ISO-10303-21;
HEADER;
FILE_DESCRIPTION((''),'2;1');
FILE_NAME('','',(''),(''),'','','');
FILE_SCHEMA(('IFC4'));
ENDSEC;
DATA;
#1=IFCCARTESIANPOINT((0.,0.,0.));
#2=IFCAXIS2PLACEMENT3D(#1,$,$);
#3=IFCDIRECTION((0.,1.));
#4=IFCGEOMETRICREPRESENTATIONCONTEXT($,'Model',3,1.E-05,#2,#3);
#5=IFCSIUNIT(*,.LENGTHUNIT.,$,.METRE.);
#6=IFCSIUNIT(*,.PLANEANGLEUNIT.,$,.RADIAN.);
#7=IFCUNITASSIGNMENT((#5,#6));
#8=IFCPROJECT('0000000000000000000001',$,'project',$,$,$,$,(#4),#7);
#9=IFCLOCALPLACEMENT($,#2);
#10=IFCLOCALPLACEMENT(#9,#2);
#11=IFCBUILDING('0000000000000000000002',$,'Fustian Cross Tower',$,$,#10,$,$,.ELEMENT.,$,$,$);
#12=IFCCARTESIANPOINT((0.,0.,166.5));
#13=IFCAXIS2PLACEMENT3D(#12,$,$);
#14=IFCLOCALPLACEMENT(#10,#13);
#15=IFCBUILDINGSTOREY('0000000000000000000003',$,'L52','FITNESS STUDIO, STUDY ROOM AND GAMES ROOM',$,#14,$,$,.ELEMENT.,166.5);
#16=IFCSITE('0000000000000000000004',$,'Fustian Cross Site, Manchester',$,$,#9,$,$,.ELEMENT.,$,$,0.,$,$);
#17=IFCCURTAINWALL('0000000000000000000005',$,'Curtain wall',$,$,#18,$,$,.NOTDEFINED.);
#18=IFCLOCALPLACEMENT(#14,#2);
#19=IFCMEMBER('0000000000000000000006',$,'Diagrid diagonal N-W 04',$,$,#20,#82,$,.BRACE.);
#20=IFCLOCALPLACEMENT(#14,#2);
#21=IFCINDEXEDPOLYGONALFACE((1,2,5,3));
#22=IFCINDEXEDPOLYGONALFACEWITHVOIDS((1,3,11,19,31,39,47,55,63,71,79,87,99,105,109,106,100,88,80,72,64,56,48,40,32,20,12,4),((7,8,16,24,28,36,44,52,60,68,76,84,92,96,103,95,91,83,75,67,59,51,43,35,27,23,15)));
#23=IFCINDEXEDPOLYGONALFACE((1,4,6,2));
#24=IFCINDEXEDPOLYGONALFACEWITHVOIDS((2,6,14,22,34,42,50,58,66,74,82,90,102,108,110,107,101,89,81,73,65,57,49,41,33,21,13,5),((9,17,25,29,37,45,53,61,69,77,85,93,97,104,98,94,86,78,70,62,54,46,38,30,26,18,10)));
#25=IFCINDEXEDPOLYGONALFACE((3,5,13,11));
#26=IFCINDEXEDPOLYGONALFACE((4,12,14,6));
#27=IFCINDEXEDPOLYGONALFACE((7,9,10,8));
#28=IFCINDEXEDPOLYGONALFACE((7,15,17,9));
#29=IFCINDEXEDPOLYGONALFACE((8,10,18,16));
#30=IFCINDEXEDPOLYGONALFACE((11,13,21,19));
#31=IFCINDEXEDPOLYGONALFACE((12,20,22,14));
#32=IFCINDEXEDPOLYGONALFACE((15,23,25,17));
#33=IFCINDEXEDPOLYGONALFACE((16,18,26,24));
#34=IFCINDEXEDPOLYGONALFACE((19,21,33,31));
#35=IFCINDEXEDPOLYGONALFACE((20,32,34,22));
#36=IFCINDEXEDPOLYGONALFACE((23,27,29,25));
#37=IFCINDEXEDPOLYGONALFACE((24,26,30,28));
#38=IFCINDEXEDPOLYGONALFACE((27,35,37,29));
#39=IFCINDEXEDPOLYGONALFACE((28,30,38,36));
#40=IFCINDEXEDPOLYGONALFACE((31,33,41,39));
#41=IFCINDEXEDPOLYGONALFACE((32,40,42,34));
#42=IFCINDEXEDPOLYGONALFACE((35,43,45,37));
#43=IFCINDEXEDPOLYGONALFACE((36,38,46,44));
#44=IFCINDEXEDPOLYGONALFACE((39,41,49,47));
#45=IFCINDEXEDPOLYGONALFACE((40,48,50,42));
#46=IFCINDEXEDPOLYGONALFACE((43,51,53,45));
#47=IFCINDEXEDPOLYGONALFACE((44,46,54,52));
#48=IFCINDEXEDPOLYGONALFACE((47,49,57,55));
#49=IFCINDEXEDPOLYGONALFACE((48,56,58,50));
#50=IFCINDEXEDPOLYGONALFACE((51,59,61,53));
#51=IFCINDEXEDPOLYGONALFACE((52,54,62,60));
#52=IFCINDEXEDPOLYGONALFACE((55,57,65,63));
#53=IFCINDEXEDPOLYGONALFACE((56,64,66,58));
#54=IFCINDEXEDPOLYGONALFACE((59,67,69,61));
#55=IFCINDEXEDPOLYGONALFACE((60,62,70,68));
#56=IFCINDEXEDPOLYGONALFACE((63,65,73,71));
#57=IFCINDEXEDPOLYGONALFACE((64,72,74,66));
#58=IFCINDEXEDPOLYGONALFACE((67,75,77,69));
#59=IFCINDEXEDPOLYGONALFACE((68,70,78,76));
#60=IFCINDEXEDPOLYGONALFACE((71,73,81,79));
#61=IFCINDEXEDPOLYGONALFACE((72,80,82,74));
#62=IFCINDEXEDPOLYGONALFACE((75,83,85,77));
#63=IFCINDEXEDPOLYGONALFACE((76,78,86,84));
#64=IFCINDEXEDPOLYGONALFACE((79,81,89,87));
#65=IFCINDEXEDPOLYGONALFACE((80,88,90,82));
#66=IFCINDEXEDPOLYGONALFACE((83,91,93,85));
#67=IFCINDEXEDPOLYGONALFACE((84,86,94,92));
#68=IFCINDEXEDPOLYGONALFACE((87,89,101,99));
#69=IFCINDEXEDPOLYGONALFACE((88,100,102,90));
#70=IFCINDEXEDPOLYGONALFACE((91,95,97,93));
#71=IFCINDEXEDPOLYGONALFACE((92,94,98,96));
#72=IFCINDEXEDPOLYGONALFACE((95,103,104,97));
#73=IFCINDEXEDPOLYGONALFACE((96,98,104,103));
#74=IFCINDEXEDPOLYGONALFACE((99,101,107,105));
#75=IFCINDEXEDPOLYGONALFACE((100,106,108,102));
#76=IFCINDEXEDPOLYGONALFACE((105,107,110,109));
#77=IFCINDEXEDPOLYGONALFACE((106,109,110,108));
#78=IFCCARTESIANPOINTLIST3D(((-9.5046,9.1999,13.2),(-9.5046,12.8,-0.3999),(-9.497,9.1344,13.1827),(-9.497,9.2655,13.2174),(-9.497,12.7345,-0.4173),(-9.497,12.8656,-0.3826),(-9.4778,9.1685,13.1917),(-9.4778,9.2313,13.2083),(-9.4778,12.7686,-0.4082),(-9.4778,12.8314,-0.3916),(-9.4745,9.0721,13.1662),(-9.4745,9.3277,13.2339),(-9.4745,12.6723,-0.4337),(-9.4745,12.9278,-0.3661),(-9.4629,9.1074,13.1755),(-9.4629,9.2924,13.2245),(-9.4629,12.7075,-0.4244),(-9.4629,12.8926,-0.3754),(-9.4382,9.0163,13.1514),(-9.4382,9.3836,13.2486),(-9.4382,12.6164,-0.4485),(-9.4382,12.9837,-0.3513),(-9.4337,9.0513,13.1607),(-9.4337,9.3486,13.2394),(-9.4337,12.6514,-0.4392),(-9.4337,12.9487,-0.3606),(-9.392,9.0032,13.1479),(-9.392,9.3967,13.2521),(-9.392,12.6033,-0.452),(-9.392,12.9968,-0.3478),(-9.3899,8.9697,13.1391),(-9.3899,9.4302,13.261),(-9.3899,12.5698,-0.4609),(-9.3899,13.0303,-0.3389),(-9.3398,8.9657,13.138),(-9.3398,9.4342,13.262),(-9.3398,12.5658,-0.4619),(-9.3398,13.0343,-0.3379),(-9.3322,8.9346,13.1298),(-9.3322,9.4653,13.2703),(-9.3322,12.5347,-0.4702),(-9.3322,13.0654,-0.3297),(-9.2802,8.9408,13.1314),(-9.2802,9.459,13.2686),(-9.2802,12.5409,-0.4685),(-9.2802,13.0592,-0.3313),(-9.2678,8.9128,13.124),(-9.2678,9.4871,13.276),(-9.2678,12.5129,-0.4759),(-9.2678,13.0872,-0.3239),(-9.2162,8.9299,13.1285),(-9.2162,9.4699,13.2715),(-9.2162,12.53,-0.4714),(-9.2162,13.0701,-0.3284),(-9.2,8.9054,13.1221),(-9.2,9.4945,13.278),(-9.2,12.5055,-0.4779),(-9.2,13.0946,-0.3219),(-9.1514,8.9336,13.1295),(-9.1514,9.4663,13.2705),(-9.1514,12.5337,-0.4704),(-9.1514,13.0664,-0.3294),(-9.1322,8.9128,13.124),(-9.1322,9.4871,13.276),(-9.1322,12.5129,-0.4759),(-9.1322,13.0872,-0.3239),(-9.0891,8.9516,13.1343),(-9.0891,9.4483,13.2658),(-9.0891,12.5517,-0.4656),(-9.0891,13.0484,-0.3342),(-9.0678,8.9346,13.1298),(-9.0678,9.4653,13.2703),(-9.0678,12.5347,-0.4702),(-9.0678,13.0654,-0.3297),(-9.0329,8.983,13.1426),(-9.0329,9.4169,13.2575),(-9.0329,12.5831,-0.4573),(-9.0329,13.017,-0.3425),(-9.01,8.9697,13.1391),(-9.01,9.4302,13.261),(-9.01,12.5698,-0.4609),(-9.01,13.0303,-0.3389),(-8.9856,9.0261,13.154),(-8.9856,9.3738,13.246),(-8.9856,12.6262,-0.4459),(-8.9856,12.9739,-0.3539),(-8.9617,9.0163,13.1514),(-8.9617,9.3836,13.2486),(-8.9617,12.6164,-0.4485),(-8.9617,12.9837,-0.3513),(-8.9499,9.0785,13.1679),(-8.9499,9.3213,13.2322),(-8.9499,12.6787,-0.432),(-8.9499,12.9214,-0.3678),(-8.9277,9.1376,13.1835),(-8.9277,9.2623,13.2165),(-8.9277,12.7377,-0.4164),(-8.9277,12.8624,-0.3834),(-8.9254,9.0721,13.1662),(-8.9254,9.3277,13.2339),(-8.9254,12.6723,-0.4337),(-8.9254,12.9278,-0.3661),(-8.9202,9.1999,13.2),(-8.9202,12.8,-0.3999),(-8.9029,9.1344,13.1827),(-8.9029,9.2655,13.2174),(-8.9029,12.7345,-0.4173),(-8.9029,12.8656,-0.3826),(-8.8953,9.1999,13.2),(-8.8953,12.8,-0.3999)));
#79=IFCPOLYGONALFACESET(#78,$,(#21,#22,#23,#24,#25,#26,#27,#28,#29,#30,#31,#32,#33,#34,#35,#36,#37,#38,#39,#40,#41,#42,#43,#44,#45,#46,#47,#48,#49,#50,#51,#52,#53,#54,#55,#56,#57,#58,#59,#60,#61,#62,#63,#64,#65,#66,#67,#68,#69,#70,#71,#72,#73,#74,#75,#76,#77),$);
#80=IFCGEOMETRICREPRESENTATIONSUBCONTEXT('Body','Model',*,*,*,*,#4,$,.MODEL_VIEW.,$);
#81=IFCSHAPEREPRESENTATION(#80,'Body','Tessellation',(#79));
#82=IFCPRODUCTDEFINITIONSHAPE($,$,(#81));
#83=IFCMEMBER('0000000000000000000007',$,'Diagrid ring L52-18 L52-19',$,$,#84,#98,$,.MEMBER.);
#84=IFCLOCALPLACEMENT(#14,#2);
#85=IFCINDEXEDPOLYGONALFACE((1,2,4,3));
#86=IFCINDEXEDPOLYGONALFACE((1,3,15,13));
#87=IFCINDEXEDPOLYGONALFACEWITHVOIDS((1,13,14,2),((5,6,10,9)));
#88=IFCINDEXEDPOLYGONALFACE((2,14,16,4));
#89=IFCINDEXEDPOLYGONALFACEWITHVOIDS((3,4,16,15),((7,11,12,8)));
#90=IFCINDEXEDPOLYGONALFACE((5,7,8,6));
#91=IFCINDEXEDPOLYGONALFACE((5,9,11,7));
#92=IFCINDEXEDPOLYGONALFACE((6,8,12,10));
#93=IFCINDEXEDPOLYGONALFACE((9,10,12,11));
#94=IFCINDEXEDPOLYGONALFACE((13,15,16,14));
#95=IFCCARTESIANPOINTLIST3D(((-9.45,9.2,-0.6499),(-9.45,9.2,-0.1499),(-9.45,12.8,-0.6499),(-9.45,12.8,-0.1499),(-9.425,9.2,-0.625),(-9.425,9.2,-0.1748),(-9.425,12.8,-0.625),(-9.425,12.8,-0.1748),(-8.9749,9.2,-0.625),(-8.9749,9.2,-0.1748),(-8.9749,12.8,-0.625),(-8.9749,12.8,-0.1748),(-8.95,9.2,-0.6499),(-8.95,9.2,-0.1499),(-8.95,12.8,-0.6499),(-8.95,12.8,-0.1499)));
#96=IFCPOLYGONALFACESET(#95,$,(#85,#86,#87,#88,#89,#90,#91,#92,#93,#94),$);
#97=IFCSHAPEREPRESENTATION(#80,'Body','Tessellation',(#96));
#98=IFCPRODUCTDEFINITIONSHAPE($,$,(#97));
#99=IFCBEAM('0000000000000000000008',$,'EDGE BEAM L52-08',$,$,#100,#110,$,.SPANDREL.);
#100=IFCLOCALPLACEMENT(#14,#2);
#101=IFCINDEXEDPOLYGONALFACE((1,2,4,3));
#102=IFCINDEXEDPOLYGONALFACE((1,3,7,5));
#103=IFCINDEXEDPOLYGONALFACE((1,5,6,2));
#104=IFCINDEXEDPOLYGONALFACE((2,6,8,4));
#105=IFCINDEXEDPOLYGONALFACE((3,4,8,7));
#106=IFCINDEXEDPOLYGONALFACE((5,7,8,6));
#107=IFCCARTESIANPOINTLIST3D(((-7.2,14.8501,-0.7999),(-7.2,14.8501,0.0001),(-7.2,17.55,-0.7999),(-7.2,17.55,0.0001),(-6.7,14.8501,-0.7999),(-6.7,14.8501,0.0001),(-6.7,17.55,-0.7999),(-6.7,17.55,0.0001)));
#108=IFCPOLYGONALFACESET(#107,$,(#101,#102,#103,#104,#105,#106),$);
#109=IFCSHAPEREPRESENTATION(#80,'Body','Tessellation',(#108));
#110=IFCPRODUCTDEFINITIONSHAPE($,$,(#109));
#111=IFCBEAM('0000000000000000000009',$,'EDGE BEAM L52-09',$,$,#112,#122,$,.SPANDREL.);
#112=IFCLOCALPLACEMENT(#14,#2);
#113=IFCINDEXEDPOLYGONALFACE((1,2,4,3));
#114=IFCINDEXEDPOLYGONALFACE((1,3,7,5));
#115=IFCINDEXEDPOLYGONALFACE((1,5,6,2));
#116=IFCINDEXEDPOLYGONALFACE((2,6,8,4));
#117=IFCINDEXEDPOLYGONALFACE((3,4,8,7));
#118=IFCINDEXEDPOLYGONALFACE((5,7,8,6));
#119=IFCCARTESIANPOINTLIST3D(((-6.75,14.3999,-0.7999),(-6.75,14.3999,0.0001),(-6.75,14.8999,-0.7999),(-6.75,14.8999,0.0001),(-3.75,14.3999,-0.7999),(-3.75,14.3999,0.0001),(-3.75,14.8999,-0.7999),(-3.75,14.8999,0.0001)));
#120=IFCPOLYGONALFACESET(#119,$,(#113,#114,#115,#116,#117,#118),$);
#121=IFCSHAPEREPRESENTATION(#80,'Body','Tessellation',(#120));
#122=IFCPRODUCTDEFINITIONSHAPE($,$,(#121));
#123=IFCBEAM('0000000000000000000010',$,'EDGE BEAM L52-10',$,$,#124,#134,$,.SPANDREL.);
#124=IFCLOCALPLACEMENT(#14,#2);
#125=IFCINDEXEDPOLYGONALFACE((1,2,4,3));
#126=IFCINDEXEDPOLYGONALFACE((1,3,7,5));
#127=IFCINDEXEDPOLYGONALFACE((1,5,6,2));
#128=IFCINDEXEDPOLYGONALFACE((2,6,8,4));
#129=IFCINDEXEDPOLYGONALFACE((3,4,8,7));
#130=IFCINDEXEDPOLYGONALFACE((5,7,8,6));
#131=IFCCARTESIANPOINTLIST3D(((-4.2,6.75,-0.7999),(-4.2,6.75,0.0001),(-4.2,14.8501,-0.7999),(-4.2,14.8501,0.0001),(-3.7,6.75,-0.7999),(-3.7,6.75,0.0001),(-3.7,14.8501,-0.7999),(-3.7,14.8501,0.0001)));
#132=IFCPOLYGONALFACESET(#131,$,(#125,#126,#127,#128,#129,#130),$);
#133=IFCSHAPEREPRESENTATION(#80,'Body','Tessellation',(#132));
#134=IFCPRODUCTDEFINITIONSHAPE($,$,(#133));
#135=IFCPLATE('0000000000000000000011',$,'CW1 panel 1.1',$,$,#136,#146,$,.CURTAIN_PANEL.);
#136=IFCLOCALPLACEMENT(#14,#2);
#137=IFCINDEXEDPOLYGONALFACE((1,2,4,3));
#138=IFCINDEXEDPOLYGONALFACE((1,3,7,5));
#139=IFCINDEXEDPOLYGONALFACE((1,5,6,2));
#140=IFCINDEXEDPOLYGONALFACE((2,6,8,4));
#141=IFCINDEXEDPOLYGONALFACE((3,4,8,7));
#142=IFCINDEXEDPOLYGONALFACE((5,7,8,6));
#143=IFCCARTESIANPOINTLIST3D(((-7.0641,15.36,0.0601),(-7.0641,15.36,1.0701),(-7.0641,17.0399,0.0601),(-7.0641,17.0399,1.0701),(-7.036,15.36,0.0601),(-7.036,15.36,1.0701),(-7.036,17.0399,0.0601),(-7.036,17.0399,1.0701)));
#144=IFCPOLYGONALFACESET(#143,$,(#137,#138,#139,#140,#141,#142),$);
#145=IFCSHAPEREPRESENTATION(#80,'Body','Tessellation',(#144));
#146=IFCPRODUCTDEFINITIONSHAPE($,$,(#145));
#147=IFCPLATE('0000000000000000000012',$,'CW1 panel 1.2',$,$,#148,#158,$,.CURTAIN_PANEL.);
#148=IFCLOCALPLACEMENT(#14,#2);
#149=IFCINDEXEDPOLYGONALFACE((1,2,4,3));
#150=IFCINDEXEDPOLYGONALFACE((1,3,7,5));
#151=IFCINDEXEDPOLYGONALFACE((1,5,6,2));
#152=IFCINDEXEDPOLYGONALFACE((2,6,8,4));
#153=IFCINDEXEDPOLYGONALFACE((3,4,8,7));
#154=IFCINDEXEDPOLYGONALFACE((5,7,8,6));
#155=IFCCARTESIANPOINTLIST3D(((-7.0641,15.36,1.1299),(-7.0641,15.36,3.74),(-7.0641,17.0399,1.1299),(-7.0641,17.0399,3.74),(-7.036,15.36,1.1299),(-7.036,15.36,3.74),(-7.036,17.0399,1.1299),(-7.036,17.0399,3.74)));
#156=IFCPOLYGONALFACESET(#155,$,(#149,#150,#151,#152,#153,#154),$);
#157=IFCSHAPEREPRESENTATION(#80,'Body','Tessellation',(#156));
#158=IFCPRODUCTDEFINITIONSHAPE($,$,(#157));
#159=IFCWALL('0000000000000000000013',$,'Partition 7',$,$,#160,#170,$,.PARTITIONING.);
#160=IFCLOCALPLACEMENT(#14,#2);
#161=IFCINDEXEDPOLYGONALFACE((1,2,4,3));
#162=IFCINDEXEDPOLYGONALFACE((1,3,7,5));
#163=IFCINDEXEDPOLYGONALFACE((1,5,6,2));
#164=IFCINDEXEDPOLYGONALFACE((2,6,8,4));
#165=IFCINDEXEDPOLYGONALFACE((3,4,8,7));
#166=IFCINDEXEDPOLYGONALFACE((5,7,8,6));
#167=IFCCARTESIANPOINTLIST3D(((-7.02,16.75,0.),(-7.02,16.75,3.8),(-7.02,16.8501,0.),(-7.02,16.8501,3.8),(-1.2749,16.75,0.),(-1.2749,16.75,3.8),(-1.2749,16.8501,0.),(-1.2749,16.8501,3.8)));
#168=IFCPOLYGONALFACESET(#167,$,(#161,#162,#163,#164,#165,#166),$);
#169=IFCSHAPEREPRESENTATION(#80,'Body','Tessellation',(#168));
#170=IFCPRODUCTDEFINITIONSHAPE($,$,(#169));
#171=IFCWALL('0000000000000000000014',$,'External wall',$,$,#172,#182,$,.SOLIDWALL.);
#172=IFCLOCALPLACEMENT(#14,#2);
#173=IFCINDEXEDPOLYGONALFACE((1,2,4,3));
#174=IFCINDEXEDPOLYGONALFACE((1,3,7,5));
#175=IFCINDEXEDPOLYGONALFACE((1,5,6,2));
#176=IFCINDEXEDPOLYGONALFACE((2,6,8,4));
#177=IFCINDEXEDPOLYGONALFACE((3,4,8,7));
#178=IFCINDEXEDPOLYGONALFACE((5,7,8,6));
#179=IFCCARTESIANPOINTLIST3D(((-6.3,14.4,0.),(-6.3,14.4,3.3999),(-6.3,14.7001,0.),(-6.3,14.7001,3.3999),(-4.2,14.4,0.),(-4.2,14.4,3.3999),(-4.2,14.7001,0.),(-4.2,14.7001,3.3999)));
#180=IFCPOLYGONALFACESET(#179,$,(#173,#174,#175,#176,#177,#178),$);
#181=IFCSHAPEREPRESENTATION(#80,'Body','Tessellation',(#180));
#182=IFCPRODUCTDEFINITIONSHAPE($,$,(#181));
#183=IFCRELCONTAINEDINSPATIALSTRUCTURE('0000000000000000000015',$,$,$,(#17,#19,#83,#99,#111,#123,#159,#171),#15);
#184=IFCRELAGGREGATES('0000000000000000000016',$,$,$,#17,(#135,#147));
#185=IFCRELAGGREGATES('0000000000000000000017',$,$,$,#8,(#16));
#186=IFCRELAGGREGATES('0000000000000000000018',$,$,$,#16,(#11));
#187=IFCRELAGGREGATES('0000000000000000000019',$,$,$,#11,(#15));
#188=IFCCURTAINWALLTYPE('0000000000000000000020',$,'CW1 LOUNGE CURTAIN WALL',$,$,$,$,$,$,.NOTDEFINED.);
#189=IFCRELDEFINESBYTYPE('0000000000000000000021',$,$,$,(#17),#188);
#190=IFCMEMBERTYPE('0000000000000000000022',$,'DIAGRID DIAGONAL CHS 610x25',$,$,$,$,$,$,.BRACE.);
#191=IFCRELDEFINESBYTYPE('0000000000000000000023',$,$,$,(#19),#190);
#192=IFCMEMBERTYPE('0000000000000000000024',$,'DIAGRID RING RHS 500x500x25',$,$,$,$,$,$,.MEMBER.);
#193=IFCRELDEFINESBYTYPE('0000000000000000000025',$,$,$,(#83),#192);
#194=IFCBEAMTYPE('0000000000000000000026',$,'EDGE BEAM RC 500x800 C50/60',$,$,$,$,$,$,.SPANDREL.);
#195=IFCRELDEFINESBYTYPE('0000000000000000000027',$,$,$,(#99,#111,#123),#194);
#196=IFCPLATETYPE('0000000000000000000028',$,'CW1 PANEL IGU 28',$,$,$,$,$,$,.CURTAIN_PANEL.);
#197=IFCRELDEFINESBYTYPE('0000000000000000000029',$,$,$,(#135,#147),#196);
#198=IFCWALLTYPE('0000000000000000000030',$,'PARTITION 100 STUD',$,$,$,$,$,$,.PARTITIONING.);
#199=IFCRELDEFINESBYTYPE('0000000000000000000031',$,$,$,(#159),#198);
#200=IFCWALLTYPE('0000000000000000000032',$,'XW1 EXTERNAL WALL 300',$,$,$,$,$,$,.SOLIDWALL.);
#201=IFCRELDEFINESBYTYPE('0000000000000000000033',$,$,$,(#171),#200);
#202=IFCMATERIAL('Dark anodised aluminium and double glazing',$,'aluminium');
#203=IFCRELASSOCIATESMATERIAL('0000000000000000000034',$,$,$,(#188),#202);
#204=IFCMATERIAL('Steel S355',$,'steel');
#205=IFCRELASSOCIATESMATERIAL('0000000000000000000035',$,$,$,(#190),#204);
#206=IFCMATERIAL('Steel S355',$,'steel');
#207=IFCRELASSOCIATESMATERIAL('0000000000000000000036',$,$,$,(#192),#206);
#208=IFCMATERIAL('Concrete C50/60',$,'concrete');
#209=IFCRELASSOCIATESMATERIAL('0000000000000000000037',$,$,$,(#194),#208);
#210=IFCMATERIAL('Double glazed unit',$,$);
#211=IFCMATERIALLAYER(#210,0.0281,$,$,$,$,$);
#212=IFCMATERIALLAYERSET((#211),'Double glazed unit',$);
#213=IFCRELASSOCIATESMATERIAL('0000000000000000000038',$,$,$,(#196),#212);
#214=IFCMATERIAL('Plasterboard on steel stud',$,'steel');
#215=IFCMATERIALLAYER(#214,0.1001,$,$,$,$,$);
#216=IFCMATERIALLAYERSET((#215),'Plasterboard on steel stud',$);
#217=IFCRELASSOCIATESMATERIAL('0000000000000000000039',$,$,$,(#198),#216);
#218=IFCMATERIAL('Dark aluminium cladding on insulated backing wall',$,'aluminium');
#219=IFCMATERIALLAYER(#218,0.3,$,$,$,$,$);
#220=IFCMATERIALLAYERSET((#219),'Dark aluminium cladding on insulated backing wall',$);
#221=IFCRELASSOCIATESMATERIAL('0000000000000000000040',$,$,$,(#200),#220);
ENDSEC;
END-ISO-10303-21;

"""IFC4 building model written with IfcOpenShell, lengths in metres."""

from ifc_helpers import new_model, si_unit, direction, frame, frame_2d, origin, origin_2d, place, context, subcontext, project, spatial, rectangle, hollow_rectangle, hollow_circle, extrude, material, layer, layer_set, material_profile, profile_set, type_object, element, aggregate, save


model = new_model("IFC4")

# Units and contexts
model_context = context("Model", 3, precision=1e-05, world=origin(), true_north=direction((0.0, 1.0)))
body_context = subcontext(model_context, "Body", "Model", "MODEL_VIEW")
ifc_project = project(units=[si_unit("LENGTHUNIT", "METRE"), si_unit("PLANEANGLEUNIT", "RADIAN")], contexts=[model_context])

# Site, building, storey
site_placement = place(None, origin())
site = spatial("IfcSite", under=ifc_project, at=site_placement, Name="Fustian Cross Site, Manchester", CompositionType="ELEMENT", RefElevation=0.0)
building_placement = place(site_placement, origin())
building = spatial("IfcBuilding", under=site, at=building_placement, Name="Fustian Cross Tower", CompositionType="ELEMENT")
storey_placement = place(building_placement, frame((0.0, 0.0, 166.5)))
storey = spatial("IfcBuildingStorey", under=building, at=storey_placement, Name="L52", Description="FITNESS STUDIO, STUDY ROOM AND GAMES ROOM", CompositionType="ELEMENT", Elevation=166.5)

# Curtain wall
ifc_material_1 = material(Name="Dark anodised aluminium and double glazing", Category="aluminium")
curtain_wall_type = type_object("IfcCurtainWallType", Name="CW1 LOUNGE CURTAIN WALL", PredefinedType="NOTDEFINED", material=ifc_material_1)
curtain_wall_placement = place(storey_placement, origin())
curtain_wall = element("IfcCurtainWall", 1, at=curtain_wall_placement, inside=storey, type_object=curtain_wall_type, Name="Curtain wall", PredefinedType="NOTDEFINED")

# Members
ifc_material_2 = material(Name="Steel S355", Category="steel")
ifc_material_profile_1 = material_profile(ifc_material_2, hollow_circle(Radius=0.3047, WallThickness=0.0249, at=origin_2d()), Name="CHS 610x25")
ifc_profile_set_1 = profile_set([ifc_material_profile_1], Name="Steel S355")
member_type_1 = type_object("IfcMemberType", Name="DIAGRID DIAGONAL CHS 610x25", PredefinedType="BRACE", material=ifc_profile_set_1)
member_1_placement = place(storey_placement, frame((-9.2, 12.8, -0.3999), z_axis=(0.0, -0.255902, 0.966703), x_axis=(1.0, 0.0, 0.0)))
element("IfcMember", 2, at=member_1_placement, inside=storey, type_object=member_type_1, Name="Diagrid diagonal N-W 04", PredefinedType="BRACE", context=body_context, shape_type="SweptSolid", body=[
    extrude(hollow_circle(Radius=0.3047, WallThickness=0.0249, at=origin_2d()), origin(), (0.0, 0.0, 1.0), 14.0684),
])
ifc_material_3 = material(Name="Steel S355", Category="steel")
ifc_material_profile_2 = material_profile(ifc_material_3, hollow_rectangle(XDim=0.5, YDim=0.5, WallThickness=0.0249, at=origin_2d()), Name="RHS 500x500x25")
ifc_profile_set_2 = profile_set([ifc_material_profile_2], Name="Steel S355")
member_type_2 = type_object("IfcMemberType", Name="DIAGRID RING RHS 500x500x25", PredefinedType="MEMBER", material=ifc_profile_set_2)
member_2_placement = place(storey_placement, frame((-9.2, 12.8, -0.3999), z_axis=(0.0, -1.0, 0.0), x_axis=(1.0, 0.0, 0.0)))
element("IfcMember", 3, at=member_2_placement, inside=storey, type_object=member_type_2, Name="Diagrid ring L52-18 L52-19", PredefinedType="MEMBER", context=body_context, shape_type="SweptSolid", body=[
    extrude(hollow_rectangle(XDim=0.5, YDim=0.5, WallThickness=0.0249, at=origin_2d()), origin(), (0.0, 0.0, 1.0), 3.6001),
])

# Beams
ifc_material_4 = material(Name="Concrete C50/60", Category="concrete")
ifc_material_profile_3 = material_profile(ifc_material_4, rectangle(XDim=0.5, YDim=0.8, at=origin_2d()), Name="RC 500x800")
ifc_profile_set_3 = profile_set([ifc_material_profile_3], Name="Concrete C50/60")
beam_type = type_object("IfcBeamType", Name="EDGE BEAM RC 500x800 C50/60", PredefinedType="SPANDREL", material=ifc_profile_set_3)
beam_1_placement = place(storey_placement, frame((-6.95, 17.55, -0.3999), z_axis=(0.0, -1.0, 0.0), x_axis=(1.0, 0.0, 0.0)))
element("IfcBeam", 4, at=beam_1_placement, inside=storey, type_object=beam_type, Name="EDGE BEAM L52-08", PredefinedType="SPANDREL", context=body_context, shape_type="SweptSolid", body=[
    extrude(rectangle(XDim=0.5, YDim=0.8, at=origin_2d()), origin(), (0.0, 0.0, 1.0), 2.7),
])
beam_2_placement = place(storey_placement, frame((-6.75, 14.6499, -0.3999), z_axis=(1.0, 0.0, 0.0), x_axis=(0.0, 1.0, 0.0)))
element("IfcBeam", 5, at=beam_2_placement, inside=storey, type_object=beam_type, Name="EDGE BEAM L52-09", PredefinedType="SPANDREL", context=body_context, shape_type="SweptSolid", body=[
    extrude(rectangle(XDim=0.5, YDim=0.8, at=origin_2d()), origin(), (0.0, 0.0, 1.0), 3.0),
])
beam_3_placement = place(storey_placement, frame((-3.95, 14.8501, -0.3999), z_axis=(0.0, -1.0, 0.0), x_axis=(1.0, 0.0, 0.0)))
element("IfcBeam", 6, at=beam_3_placement, inside=storey, type_object=beam_type, Name="EDGE BEAM L52-10", PredefinedType="SPANDREL", context=body_context, shape_type="SweptSolid", body=[
    extrude(rectangle(XDim=0.5, YDim=0.8, at=origin_2d()), origin(), (0.0, 0.0, 1.0), 8.1001),
])

# Plates
ifc_material_5 = material(Name="Double glazed unit")
ifc_layer_1 = layer(ifc_material_5, 0.0281)
ifc_layer_set_1 = layer_set([ifc_layer_1], Name="Double glazed unit")
plate_type = type_object("IfcPlateType", Name="CW1 PANEL IGU 28", PredefinedType="CURTAIN_PANEL", material=ifc_layer_set_1)
plate_1_placement = place(storey_placement, frame((-7.05, 16.2, 0.0601), z_axis=(0.0, 0.0, 1.0), x_axis=(0.0, -1.0, 0.0)))
plate_1 = element("IfcPlate", 7, at=plate_1_placement, type_object=plate_type, Name="CW1 panel 1.1", PredefinedType="CURTAIN_PANEL", context=body_context, shape_type="SweptSolid", body=[
    extrude(rectangle(XDim=1.6799, YDim=0.0281, at=origin_2d()), origin(), (0.0, 0.0, 1.0), 1.01),
])
plate_2_placement = place(storey_placement, frame((-7.05, 16.2, 1.1299), z_axis=(0.0, 0.0, 1.0), x_axis=(0.0, -1.0, 0.0)))
plate_2 = element("IfcPlate", 8, at=plate_2_placement, type_object=plate_type, Name="CW1 panel 1.2", PredefinedType="CURTAIN_PANEL", context=body_context, shape_type="SweptSolid", body=[
    extrude(rectangle(XDim=1.6799, YDim=0.0281, at=origin_2d()), origin(), (0.0, 0.0, 1.0), 2.6101),
])
aggregate(curtain_wall, [plate_1, plate_2])

# Walls
ifc_material_6 = material(Name="Plasterboard on steel stud", Category="steel")
ifc_layer_2 = layer(ifc_material_6, 0.1001)
ifc_layer_set_2 = layer_set([ifc_layer_2], Name="Plasterboard on steel stud")
wall_type_1 = type_object("IfcWallType", Name="PARTITION 100 STUD", PredefinedType="PARTITIONING", material=ifc_layer_set_2)
wall_1_placement = place(storey_placement, frame((-7.02, 16.8, 0.0), z_axis=(0.0, 0.0, 1.0), x_axis=(1.0, 0.0, 0.0)))
element("IfcWall", 9, at=wall_1_placement, inside=storey, type_object=wall_type_1, Name="Partition 7", PredefinedType="PARTITIONING", context=body_context, shape_type="SweptSolid", body=[
    extrude(rectangle(XDim=5.7451, YDim=0.1001, at=frame_2d((2.8726, 0.0))), origin(), (0.0, 0.0, 1.0), 3.8),
])
ifc_material_7 = material(Name="Dark aluminium cladding on insulated backing wall", Category="aluminium")
ifc_layer_3 = layer(ifc_material_7, 0.3)
ifc_layer_set_3 = layer_set([ifc_layer_3], Name="Dark aluminium cladding on insulated backing wall")
wall_type_2 = type_object("IfcWallType", Name="XW1 EXTERNAL WALL 300", PredefinedType="SOLIDWALL", material=ifc_layer_set_3)
wall_2_placement = place(storey_placement, frame((-6.3, 14.55, 0.0), z_axis=(0.0, 0.0, 1.0), x_axis=(1.0, 0.0, 0.0)))
element("IfcWall", 10, at=wall_2_placement, inside=storey, type_object=wall_type_2, Name="External wall", PredefinedType="SOLIDWALL", context=body_context, shape_type="SweptSolid", body=[
    extrude(rectangle(XDim=2.1001, YDim=0.3, at=frame_2d((1.05, 0.0))), origin(), (0.0, 0.0, 1.0), 3.3999),
])

save(model, "model.ifc")
